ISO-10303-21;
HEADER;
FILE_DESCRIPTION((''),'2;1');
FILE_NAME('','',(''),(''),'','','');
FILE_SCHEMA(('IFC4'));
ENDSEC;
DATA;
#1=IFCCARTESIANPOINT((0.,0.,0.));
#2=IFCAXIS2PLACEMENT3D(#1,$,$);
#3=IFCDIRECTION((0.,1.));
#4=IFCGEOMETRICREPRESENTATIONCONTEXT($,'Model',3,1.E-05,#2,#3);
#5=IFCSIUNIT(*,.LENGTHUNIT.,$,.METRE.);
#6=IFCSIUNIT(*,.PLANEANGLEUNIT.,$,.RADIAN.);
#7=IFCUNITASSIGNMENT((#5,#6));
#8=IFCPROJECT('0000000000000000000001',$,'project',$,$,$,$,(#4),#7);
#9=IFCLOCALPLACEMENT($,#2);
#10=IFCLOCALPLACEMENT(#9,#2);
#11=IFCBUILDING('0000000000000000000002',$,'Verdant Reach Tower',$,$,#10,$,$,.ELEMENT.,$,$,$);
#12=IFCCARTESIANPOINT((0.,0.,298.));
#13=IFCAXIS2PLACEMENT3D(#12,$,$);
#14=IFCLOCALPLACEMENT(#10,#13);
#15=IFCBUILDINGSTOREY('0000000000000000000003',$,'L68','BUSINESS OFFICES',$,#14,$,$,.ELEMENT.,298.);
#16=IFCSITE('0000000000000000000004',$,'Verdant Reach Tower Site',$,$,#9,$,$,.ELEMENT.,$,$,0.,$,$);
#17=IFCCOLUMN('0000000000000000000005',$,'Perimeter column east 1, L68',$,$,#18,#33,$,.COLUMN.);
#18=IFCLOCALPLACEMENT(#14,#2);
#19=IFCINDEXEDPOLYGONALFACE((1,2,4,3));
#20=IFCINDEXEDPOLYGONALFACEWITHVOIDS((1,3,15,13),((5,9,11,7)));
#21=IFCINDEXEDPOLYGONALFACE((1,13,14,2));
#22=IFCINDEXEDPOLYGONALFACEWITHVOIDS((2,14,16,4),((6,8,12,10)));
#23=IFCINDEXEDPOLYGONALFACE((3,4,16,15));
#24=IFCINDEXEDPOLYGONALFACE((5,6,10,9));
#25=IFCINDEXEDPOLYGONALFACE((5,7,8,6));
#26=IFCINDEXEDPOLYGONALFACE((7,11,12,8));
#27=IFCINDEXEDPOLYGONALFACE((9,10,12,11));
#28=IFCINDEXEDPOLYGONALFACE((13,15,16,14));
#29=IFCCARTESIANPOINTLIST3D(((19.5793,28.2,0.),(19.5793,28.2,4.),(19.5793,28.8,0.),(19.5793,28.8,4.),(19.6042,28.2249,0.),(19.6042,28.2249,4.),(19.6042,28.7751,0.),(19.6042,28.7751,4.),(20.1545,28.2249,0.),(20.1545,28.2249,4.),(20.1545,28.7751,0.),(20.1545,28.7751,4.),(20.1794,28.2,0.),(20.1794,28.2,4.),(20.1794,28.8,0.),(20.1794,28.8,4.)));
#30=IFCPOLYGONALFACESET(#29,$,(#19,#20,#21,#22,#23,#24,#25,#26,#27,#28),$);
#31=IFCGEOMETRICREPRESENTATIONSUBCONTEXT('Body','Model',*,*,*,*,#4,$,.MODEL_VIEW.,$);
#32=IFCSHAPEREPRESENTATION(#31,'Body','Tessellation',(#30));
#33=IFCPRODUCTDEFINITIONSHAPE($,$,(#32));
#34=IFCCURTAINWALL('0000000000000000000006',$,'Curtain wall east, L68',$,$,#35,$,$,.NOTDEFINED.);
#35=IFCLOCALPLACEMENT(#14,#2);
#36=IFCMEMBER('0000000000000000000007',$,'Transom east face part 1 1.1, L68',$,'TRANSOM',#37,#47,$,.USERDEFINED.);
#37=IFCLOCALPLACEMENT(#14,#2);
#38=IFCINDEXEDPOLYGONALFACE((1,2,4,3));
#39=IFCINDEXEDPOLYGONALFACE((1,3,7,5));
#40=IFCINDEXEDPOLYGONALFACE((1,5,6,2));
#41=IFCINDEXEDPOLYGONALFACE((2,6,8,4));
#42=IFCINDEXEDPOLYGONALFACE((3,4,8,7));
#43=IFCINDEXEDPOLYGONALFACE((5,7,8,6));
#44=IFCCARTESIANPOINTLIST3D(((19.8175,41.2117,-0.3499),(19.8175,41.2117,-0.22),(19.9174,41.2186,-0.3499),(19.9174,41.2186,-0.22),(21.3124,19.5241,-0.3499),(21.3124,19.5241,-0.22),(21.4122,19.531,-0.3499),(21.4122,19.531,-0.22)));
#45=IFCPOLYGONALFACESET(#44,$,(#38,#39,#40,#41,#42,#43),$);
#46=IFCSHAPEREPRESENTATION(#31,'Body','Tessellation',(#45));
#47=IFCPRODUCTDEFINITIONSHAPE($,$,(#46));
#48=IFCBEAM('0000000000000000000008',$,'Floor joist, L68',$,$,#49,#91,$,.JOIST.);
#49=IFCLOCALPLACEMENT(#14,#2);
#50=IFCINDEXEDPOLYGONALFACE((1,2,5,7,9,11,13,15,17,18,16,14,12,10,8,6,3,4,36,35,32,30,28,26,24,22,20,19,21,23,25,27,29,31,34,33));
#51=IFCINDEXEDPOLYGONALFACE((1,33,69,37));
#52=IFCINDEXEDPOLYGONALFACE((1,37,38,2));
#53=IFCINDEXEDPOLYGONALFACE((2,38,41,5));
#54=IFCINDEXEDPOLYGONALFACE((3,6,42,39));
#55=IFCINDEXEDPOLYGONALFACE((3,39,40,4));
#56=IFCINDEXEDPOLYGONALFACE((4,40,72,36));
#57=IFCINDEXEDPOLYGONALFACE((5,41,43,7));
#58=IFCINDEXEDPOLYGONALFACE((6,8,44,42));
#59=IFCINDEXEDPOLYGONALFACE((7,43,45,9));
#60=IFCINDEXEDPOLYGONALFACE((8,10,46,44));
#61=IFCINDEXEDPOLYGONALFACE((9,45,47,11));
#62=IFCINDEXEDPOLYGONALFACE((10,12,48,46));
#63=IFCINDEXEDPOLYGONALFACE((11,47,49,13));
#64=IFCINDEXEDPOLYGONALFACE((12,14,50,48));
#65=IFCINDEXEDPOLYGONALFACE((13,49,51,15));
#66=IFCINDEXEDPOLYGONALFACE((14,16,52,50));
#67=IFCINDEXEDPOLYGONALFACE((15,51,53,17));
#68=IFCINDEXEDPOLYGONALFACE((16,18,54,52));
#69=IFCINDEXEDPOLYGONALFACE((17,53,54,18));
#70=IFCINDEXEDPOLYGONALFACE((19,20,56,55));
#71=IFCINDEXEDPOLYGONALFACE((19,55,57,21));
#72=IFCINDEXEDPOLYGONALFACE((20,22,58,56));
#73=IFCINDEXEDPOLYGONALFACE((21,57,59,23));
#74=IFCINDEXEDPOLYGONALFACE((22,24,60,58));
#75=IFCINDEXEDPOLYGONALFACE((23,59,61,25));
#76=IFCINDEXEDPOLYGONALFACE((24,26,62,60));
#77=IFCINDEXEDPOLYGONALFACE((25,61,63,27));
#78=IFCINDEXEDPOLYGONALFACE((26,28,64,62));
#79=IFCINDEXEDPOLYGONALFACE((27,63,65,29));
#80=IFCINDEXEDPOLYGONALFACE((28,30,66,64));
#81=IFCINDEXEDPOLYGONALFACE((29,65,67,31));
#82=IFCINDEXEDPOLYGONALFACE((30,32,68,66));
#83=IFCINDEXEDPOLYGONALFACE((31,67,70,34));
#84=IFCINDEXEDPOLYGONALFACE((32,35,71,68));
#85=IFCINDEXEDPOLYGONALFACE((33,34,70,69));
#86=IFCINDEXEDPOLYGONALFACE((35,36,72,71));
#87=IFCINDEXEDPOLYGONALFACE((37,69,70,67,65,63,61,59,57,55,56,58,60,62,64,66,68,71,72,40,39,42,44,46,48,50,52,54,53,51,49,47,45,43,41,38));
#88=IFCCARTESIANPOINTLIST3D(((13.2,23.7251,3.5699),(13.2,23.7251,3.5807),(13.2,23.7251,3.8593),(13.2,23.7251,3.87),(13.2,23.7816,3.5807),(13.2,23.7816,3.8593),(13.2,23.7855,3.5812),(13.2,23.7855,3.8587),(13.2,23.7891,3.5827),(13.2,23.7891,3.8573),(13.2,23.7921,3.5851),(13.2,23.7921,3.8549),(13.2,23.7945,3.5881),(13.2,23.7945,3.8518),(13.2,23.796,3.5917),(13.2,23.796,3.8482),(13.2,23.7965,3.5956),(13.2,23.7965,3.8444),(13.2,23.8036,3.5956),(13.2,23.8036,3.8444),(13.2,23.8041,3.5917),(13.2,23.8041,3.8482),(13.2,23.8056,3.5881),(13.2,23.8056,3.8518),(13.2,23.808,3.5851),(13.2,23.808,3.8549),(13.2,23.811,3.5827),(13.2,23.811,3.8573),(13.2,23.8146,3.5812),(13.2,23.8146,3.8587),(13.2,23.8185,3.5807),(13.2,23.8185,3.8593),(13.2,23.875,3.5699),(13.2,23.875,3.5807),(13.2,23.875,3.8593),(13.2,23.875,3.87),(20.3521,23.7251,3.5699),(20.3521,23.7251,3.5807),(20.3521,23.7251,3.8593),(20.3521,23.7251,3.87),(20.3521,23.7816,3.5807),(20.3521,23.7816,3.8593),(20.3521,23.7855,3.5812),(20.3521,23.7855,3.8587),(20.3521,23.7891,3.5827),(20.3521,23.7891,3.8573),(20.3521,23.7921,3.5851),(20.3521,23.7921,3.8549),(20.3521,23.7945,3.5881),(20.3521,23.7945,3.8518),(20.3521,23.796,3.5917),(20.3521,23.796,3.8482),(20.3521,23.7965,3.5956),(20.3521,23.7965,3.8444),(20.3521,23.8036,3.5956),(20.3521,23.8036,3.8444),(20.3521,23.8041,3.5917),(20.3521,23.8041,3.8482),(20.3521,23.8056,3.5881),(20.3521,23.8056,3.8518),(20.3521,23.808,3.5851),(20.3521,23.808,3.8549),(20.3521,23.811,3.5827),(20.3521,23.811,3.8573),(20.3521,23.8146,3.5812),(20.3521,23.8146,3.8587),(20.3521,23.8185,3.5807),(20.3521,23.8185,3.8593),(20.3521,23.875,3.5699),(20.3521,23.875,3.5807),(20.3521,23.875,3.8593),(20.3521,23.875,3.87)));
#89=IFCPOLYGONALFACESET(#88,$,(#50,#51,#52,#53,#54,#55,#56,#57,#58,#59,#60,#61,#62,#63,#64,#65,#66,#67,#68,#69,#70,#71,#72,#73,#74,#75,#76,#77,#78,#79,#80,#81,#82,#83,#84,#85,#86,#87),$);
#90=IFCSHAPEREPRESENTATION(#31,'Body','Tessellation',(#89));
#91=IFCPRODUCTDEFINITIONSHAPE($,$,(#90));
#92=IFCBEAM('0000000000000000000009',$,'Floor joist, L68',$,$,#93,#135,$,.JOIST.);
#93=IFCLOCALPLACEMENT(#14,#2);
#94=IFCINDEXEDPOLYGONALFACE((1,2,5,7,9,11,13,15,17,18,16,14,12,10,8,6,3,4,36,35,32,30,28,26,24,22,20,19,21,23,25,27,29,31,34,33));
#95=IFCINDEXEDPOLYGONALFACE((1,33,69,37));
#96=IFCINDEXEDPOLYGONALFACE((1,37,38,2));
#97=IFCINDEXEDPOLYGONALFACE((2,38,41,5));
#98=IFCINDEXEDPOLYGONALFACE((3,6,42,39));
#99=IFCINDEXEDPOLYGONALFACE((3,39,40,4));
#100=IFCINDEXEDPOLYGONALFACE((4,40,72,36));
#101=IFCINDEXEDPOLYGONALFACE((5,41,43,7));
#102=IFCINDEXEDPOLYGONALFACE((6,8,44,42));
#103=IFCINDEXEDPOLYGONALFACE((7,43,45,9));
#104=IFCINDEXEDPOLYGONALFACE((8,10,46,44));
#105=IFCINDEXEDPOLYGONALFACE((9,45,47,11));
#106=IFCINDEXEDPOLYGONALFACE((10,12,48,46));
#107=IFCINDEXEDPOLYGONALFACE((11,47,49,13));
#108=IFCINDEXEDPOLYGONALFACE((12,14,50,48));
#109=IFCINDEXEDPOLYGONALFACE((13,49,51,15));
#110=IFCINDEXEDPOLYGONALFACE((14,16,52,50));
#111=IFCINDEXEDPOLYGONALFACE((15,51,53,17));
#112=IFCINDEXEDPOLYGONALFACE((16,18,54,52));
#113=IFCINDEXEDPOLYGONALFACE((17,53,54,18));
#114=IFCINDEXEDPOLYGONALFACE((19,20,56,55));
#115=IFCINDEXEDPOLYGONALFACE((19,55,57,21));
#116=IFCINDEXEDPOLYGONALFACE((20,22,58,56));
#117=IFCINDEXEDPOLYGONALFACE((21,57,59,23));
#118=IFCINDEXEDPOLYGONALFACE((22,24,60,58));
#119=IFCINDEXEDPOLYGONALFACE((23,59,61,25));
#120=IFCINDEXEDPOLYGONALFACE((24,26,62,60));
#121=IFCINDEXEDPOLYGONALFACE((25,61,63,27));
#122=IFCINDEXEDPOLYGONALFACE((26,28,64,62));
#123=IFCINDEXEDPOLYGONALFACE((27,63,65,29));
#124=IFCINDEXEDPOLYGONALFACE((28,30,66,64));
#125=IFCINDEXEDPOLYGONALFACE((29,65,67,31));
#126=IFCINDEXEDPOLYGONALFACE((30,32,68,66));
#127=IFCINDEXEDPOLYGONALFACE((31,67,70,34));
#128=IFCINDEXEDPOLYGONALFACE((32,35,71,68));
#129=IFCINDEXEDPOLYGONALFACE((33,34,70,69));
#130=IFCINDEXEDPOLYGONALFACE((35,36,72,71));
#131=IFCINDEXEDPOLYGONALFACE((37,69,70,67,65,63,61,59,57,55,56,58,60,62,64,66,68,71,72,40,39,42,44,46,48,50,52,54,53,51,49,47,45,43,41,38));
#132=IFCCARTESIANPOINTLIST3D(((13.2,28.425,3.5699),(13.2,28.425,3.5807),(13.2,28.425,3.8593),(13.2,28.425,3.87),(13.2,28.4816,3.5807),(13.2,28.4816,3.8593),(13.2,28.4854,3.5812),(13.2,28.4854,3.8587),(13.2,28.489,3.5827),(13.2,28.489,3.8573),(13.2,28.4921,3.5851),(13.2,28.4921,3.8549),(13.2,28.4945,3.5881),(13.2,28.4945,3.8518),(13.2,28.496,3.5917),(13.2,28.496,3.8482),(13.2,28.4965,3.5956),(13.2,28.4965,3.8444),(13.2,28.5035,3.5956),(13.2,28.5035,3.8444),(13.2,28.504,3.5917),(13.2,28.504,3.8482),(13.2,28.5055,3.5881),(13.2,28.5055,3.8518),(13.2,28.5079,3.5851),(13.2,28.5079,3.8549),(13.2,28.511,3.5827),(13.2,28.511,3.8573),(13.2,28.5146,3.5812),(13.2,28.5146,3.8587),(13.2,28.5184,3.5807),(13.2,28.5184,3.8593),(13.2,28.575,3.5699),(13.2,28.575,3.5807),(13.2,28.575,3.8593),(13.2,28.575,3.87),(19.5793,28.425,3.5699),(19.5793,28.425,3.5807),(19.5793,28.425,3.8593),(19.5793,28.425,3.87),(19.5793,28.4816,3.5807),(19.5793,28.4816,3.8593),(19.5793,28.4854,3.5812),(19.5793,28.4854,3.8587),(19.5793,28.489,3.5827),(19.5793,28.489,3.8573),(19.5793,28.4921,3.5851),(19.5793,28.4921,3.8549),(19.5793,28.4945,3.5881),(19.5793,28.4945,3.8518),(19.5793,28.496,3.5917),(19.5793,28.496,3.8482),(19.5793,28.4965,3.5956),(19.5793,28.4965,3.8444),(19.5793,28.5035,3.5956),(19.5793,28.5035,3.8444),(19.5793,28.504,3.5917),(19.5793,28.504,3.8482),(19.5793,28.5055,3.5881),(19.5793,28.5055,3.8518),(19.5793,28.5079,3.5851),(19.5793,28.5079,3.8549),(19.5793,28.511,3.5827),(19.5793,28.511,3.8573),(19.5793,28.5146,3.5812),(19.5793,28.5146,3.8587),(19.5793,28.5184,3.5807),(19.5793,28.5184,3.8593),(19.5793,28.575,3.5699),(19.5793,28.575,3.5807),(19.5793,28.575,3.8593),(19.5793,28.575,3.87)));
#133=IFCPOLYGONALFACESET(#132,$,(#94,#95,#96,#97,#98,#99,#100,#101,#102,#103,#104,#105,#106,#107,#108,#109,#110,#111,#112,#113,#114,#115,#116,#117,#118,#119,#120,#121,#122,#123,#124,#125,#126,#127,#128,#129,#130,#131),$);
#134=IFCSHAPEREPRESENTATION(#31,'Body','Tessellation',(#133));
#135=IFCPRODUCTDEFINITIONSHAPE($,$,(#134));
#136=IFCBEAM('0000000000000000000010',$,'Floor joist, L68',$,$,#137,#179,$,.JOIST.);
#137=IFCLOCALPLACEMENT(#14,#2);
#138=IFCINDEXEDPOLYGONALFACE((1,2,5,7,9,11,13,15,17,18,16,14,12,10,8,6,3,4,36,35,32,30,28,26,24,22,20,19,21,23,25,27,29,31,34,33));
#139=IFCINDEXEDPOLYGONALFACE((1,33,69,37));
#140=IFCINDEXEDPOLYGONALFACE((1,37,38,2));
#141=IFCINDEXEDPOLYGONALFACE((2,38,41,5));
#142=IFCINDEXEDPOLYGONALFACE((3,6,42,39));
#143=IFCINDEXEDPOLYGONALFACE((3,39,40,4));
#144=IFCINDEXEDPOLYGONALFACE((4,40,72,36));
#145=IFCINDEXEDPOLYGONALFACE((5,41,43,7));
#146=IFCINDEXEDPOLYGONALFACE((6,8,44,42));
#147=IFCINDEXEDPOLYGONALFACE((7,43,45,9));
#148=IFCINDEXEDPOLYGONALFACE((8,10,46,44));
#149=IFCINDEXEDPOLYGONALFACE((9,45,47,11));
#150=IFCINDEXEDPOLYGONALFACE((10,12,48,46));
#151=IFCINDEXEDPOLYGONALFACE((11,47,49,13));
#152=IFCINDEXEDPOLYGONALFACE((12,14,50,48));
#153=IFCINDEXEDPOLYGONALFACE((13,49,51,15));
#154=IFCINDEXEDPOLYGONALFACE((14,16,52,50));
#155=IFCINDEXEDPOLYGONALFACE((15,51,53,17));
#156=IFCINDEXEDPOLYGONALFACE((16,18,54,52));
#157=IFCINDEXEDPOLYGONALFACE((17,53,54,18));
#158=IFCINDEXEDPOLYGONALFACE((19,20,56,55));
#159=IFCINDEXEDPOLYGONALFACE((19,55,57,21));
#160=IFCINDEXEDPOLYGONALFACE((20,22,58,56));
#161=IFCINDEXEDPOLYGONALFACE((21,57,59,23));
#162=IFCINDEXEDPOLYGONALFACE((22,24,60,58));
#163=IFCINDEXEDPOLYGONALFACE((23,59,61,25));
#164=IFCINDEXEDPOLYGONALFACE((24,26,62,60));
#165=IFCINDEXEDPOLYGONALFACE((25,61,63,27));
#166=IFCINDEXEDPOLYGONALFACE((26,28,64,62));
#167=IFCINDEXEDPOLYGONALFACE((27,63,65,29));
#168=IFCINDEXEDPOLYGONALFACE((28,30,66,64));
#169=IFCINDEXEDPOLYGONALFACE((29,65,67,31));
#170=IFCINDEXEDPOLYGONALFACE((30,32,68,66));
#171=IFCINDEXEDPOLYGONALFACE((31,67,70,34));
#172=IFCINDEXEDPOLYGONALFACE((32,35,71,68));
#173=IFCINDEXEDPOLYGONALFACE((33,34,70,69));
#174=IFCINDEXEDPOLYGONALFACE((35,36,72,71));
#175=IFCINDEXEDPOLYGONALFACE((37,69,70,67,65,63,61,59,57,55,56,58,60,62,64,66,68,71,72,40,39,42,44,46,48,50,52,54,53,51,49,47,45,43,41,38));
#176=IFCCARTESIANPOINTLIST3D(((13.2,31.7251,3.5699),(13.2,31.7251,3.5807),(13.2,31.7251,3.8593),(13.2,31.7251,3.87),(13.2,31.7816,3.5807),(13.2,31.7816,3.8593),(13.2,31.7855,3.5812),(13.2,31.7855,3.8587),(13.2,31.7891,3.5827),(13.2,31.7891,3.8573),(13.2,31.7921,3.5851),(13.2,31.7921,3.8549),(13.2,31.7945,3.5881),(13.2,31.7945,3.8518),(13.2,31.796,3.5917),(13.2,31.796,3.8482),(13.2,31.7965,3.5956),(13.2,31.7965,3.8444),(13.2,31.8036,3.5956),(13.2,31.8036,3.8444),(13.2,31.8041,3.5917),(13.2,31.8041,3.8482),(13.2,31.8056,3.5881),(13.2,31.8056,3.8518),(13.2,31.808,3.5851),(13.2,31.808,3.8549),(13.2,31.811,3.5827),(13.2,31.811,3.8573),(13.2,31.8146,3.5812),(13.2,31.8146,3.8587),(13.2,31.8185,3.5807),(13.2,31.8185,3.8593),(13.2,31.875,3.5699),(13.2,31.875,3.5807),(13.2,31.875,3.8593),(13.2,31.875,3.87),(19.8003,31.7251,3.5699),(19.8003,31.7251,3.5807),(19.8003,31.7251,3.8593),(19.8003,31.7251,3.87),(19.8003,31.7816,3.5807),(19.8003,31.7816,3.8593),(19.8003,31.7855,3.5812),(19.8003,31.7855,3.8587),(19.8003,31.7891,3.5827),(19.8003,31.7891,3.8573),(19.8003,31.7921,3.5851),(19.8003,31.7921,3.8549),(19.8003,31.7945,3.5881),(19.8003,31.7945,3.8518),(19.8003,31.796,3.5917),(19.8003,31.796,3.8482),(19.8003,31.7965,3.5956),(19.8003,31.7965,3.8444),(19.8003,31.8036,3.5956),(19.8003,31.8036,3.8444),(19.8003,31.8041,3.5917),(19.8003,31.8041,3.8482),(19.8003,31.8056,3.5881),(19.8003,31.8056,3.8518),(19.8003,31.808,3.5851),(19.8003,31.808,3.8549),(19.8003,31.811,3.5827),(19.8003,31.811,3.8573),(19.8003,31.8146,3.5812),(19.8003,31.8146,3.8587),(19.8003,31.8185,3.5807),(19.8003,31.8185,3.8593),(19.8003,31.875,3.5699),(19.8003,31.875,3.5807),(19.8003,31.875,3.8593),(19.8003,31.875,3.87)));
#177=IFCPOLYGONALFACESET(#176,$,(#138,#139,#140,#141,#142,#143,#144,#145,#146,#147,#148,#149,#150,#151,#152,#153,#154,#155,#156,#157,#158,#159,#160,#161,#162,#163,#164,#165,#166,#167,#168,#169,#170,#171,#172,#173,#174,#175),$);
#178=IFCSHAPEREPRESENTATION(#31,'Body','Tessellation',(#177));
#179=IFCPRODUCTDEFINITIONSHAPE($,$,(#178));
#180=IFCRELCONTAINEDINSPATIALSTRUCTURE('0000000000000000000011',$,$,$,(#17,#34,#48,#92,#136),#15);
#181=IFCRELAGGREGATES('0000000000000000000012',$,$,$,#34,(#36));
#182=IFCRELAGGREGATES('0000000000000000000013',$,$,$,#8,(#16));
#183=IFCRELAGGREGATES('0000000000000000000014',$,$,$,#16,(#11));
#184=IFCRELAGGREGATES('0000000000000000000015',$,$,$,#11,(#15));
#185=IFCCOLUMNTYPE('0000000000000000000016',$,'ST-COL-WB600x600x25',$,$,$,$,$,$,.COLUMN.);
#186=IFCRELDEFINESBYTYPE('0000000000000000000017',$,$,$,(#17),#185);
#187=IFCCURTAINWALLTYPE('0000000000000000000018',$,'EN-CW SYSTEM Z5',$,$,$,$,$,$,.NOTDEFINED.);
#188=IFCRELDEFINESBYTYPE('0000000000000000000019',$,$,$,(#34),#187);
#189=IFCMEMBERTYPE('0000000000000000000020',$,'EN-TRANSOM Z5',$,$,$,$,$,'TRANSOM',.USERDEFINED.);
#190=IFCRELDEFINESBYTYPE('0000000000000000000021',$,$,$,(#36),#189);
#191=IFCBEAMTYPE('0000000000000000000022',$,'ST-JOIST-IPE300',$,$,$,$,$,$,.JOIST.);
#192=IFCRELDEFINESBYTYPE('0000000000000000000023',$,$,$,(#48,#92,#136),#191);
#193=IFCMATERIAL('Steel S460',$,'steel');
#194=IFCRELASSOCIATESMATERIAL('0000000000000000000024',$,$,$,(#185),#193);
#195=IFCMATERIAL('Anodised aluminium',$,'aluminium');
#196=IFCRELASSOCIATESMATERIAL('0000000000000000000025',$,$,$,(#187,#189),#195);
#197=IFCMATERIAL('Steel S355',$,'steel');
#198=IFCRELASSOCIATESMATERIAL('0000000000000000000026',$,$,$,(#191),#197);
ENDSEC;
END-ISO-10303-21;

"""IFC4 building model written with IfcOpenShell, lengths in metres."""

from ifc_helpers import new_model, si_unit, direction, frame, origin, origin_2d, place, context, subcontext, project, spatial, rectangle, hollow_rectangle, i_section, extrude, material, material_profile, profile_set, type_object, element, aggregate, save


model = new_model("IFC4")

# Units and contexts
model_context = context("Model", 3, precision=1e-05, world=origin(), true_north=direction((0.0, 1.0)))
body_context = subcontext(model_context, "Body", "Model", "MODEL_VIEW")
ifc_project = project(units=[si_unit("LENGTHUNIT", "METRE"), si_unit("PLANEANGLEUNIT", "RADIAN")], contexts=[model_context])

# Site, building, storey
site_placement = place(None, origin())
site = spatial("IfcSite", under=ifc_project, at=site_placement, Name="Verdant Reach Tower Site", CompositionType="ELEMENT", RefElevation=0.0)
building_placement = place(site_placement, origin())
building = spatial("IfcBuilding", under=site, at=building_placement, Name="Verdant Reach Tower", CompositionType="ELEMENT")
storey_placement = place(building_placement, frame((0.0, 0.0, 298.0)))
storey = spatial("IfcBuildingStorey", under=building, at=storey_placement, Name="L68", Description="BUSINESS OFFICES", CompositionType="ELEMENT", Elevation=298.0)

# Column
ifc_material_1 = material(Name="Steel S460", Category="steel")
ifc_material_profile_1 = material_profile(ifc_material_1, hollow_rectangle(XDim=0.6001, YDim=0.6001, WallThickness=0.0249, at=origin_2d()), Name="WB 600x600x25")
ifc_profile_set_1 = profile_set([ifc_material_profile_1], Name="Steel S460")
column_type = type_object("IfcColumnType", Name="ST-COL-WB600x600x25", PredefinedType="COLUMN", material=ifc_profile_set_1)
column_placement = place(storey_placement, frame((19.8794, 28.5, 0.0), z_axis=(0.0, 0.0, 1.0), x_axis=(1.0, 0.0, 0.0)))
element("IfcColumn", 1, at=column_placement, inside=storey, type_object=column_type, Name="Perimeter column east 1, L68", PredefinedType="COLUMN", context=body_context, shape_type="SweptSolid", body=[
    extrude(hollow_rectangle(XDim=0.6001, YDim=0.6001, WallThickness=0.0249, at=origin_2d()), origin(), (0.0, 0.0, 1.0), 4.0),
])

# Curtain wall, member
ifc_material_2 = material(Name="Anodised aluminium", Category="aluminium")
curtain_wall_type = type_object("IfcCurtainWallType", Name="EN-CW SYSTEM Z5", PredefinedType="NOTDEFINED", material=ifc_material_2)
curtain_wall_placement = place(storey_placement, origin())
curtain_wall = element("IfcCurtainWall", 2, at=curtain_wall_placement, inside=storey, type_object=curtain_wall_type, Name="Curtain wall east, L68", PredefinedType="NOTDEFINED")
ifc_material_profile_2 = material_profile(ifc_material_2, rectangle(XDim=0.1001, YDim=0.1299, at=origin_2d()), Name="Transom 130x100")
ifc_profile_set_2 = profile_set([ifc_material_profile_2], Name="Anodised aluminium")
member_type = type_object("IfcMemberType", Name="EN-TRANSOM Z5", ElementType="TRANSOM", PredefinedType="USERDEFINED", material=ifc_profile_set_2)
member_placement = place(storey_placement, frame((21.3623, 19.5276, -0.2849), z_axis=(-0.068765, 0.997633, 0.0), x_axis=(-0.997633, -0.068765, 0.0)))
member = element("IfcMember", 3, at=member_placement, type_object=member_type, Name="Transom east face part 1 1.1, L68", ObjectType="TRANSOM", PredefinedType="USERDEFINED", context=body_context, shape_type="SweptSolid", body=[
    extrude(rectangle(XDim=0.1001, YDim=0.1299, at=origin_2d()), origin(), (0.0, 0.0, 1.0), 21.739),
])

# Beams
ifc_material_3 = material(Name="Steel S355", Category="steel")
ifc_material_profile_3 = material_profile(ifc_material_3, i_section(OverallWidth=0.1499, OverallDepth=0.3, WebThickness=0.0071, FlangeThickness=0.0107, FilletRadius=0.0149, at=origin_2d()), Name="IPE 300")
ifc_profile_set_3 = profile_set([ifc_material_profile_3], Name="Steel S355")
beam_type_1 = type_object("IfcBeamType", Name="ST-JOIST-IPE300", PredefinedType="JOIST", material=ifc_profile_set_3)
beam_1_placement = place(storey_placement, frame((13.2, 23.8, 3.72), z_axis=(1.0, 0.0, 0.0), x_axis=(0.0, 1.0, 0.0)))
element("IfcBeam", 4, at=beam_1_placement, inside=storey, type_object=beam_type_1, Name="Floor joist, L68", PredefinedType="JOIST", context=body_context, shape_type="SweptSolid", body=[
    extrude(i_section(OverallWidth=0.1499, OverallDepth=0.3, WebThickness=0.0071, FlangeThickness=0.0107, FilletRadius=0.0149, at=origin_2d()), origin(), (0.0, 0.0, 1.0), 7.1521),
])
beam_2_placement = place(storey_placement, frame((13.2, 28.5, 3.72), z_axis=(1.0, 0.0, 0.0), x_axis=(0.0, 1.0, 0.0)))
element("IfcBeam", 5, at=beam_2_placement, inside=storey, type_object=beam_type_1, Name="Floor joist, L68", PredefinedType="JOIST", context=body_context, shape_type="SweptSolid", body=[
    extrude(i_section(OverallWidth=0.1499, OverallDepth=0.3, WebThickness=0.0071, FlangeThickness=0.0107, FilletRadius=0.0149, at=origin_2d()), origin(), (0.0, 0.0, 1.0), 6.3794),
])
beam_3_placement = place(storey_placement, frame((13.2, 31.8, 3.72), z_axis=(1.0, 0.0, 0.0), x_axis=(0.0, 1.0, 0.0)))
element("IfcBeam", 6, at=beam_3_placement, inside=storey, type_object=beam_type_1, Name="Floor joist, L68", PredefinedType="JOIST", context=body_context, shape_type="SweptSolid", body=[
    extrude(i_section(OverallWidth=0.1499, OverallDepth=0.3, WebThickness=0.0071, FlangeThickness=0.0107, FilletRadius=0.0149, at=origin_2d()), origin(), (0.0, 0.0, 1.0), 6.6003),
])

aggregate(curtain_wall, [member])

save(model, "model.ifc")
